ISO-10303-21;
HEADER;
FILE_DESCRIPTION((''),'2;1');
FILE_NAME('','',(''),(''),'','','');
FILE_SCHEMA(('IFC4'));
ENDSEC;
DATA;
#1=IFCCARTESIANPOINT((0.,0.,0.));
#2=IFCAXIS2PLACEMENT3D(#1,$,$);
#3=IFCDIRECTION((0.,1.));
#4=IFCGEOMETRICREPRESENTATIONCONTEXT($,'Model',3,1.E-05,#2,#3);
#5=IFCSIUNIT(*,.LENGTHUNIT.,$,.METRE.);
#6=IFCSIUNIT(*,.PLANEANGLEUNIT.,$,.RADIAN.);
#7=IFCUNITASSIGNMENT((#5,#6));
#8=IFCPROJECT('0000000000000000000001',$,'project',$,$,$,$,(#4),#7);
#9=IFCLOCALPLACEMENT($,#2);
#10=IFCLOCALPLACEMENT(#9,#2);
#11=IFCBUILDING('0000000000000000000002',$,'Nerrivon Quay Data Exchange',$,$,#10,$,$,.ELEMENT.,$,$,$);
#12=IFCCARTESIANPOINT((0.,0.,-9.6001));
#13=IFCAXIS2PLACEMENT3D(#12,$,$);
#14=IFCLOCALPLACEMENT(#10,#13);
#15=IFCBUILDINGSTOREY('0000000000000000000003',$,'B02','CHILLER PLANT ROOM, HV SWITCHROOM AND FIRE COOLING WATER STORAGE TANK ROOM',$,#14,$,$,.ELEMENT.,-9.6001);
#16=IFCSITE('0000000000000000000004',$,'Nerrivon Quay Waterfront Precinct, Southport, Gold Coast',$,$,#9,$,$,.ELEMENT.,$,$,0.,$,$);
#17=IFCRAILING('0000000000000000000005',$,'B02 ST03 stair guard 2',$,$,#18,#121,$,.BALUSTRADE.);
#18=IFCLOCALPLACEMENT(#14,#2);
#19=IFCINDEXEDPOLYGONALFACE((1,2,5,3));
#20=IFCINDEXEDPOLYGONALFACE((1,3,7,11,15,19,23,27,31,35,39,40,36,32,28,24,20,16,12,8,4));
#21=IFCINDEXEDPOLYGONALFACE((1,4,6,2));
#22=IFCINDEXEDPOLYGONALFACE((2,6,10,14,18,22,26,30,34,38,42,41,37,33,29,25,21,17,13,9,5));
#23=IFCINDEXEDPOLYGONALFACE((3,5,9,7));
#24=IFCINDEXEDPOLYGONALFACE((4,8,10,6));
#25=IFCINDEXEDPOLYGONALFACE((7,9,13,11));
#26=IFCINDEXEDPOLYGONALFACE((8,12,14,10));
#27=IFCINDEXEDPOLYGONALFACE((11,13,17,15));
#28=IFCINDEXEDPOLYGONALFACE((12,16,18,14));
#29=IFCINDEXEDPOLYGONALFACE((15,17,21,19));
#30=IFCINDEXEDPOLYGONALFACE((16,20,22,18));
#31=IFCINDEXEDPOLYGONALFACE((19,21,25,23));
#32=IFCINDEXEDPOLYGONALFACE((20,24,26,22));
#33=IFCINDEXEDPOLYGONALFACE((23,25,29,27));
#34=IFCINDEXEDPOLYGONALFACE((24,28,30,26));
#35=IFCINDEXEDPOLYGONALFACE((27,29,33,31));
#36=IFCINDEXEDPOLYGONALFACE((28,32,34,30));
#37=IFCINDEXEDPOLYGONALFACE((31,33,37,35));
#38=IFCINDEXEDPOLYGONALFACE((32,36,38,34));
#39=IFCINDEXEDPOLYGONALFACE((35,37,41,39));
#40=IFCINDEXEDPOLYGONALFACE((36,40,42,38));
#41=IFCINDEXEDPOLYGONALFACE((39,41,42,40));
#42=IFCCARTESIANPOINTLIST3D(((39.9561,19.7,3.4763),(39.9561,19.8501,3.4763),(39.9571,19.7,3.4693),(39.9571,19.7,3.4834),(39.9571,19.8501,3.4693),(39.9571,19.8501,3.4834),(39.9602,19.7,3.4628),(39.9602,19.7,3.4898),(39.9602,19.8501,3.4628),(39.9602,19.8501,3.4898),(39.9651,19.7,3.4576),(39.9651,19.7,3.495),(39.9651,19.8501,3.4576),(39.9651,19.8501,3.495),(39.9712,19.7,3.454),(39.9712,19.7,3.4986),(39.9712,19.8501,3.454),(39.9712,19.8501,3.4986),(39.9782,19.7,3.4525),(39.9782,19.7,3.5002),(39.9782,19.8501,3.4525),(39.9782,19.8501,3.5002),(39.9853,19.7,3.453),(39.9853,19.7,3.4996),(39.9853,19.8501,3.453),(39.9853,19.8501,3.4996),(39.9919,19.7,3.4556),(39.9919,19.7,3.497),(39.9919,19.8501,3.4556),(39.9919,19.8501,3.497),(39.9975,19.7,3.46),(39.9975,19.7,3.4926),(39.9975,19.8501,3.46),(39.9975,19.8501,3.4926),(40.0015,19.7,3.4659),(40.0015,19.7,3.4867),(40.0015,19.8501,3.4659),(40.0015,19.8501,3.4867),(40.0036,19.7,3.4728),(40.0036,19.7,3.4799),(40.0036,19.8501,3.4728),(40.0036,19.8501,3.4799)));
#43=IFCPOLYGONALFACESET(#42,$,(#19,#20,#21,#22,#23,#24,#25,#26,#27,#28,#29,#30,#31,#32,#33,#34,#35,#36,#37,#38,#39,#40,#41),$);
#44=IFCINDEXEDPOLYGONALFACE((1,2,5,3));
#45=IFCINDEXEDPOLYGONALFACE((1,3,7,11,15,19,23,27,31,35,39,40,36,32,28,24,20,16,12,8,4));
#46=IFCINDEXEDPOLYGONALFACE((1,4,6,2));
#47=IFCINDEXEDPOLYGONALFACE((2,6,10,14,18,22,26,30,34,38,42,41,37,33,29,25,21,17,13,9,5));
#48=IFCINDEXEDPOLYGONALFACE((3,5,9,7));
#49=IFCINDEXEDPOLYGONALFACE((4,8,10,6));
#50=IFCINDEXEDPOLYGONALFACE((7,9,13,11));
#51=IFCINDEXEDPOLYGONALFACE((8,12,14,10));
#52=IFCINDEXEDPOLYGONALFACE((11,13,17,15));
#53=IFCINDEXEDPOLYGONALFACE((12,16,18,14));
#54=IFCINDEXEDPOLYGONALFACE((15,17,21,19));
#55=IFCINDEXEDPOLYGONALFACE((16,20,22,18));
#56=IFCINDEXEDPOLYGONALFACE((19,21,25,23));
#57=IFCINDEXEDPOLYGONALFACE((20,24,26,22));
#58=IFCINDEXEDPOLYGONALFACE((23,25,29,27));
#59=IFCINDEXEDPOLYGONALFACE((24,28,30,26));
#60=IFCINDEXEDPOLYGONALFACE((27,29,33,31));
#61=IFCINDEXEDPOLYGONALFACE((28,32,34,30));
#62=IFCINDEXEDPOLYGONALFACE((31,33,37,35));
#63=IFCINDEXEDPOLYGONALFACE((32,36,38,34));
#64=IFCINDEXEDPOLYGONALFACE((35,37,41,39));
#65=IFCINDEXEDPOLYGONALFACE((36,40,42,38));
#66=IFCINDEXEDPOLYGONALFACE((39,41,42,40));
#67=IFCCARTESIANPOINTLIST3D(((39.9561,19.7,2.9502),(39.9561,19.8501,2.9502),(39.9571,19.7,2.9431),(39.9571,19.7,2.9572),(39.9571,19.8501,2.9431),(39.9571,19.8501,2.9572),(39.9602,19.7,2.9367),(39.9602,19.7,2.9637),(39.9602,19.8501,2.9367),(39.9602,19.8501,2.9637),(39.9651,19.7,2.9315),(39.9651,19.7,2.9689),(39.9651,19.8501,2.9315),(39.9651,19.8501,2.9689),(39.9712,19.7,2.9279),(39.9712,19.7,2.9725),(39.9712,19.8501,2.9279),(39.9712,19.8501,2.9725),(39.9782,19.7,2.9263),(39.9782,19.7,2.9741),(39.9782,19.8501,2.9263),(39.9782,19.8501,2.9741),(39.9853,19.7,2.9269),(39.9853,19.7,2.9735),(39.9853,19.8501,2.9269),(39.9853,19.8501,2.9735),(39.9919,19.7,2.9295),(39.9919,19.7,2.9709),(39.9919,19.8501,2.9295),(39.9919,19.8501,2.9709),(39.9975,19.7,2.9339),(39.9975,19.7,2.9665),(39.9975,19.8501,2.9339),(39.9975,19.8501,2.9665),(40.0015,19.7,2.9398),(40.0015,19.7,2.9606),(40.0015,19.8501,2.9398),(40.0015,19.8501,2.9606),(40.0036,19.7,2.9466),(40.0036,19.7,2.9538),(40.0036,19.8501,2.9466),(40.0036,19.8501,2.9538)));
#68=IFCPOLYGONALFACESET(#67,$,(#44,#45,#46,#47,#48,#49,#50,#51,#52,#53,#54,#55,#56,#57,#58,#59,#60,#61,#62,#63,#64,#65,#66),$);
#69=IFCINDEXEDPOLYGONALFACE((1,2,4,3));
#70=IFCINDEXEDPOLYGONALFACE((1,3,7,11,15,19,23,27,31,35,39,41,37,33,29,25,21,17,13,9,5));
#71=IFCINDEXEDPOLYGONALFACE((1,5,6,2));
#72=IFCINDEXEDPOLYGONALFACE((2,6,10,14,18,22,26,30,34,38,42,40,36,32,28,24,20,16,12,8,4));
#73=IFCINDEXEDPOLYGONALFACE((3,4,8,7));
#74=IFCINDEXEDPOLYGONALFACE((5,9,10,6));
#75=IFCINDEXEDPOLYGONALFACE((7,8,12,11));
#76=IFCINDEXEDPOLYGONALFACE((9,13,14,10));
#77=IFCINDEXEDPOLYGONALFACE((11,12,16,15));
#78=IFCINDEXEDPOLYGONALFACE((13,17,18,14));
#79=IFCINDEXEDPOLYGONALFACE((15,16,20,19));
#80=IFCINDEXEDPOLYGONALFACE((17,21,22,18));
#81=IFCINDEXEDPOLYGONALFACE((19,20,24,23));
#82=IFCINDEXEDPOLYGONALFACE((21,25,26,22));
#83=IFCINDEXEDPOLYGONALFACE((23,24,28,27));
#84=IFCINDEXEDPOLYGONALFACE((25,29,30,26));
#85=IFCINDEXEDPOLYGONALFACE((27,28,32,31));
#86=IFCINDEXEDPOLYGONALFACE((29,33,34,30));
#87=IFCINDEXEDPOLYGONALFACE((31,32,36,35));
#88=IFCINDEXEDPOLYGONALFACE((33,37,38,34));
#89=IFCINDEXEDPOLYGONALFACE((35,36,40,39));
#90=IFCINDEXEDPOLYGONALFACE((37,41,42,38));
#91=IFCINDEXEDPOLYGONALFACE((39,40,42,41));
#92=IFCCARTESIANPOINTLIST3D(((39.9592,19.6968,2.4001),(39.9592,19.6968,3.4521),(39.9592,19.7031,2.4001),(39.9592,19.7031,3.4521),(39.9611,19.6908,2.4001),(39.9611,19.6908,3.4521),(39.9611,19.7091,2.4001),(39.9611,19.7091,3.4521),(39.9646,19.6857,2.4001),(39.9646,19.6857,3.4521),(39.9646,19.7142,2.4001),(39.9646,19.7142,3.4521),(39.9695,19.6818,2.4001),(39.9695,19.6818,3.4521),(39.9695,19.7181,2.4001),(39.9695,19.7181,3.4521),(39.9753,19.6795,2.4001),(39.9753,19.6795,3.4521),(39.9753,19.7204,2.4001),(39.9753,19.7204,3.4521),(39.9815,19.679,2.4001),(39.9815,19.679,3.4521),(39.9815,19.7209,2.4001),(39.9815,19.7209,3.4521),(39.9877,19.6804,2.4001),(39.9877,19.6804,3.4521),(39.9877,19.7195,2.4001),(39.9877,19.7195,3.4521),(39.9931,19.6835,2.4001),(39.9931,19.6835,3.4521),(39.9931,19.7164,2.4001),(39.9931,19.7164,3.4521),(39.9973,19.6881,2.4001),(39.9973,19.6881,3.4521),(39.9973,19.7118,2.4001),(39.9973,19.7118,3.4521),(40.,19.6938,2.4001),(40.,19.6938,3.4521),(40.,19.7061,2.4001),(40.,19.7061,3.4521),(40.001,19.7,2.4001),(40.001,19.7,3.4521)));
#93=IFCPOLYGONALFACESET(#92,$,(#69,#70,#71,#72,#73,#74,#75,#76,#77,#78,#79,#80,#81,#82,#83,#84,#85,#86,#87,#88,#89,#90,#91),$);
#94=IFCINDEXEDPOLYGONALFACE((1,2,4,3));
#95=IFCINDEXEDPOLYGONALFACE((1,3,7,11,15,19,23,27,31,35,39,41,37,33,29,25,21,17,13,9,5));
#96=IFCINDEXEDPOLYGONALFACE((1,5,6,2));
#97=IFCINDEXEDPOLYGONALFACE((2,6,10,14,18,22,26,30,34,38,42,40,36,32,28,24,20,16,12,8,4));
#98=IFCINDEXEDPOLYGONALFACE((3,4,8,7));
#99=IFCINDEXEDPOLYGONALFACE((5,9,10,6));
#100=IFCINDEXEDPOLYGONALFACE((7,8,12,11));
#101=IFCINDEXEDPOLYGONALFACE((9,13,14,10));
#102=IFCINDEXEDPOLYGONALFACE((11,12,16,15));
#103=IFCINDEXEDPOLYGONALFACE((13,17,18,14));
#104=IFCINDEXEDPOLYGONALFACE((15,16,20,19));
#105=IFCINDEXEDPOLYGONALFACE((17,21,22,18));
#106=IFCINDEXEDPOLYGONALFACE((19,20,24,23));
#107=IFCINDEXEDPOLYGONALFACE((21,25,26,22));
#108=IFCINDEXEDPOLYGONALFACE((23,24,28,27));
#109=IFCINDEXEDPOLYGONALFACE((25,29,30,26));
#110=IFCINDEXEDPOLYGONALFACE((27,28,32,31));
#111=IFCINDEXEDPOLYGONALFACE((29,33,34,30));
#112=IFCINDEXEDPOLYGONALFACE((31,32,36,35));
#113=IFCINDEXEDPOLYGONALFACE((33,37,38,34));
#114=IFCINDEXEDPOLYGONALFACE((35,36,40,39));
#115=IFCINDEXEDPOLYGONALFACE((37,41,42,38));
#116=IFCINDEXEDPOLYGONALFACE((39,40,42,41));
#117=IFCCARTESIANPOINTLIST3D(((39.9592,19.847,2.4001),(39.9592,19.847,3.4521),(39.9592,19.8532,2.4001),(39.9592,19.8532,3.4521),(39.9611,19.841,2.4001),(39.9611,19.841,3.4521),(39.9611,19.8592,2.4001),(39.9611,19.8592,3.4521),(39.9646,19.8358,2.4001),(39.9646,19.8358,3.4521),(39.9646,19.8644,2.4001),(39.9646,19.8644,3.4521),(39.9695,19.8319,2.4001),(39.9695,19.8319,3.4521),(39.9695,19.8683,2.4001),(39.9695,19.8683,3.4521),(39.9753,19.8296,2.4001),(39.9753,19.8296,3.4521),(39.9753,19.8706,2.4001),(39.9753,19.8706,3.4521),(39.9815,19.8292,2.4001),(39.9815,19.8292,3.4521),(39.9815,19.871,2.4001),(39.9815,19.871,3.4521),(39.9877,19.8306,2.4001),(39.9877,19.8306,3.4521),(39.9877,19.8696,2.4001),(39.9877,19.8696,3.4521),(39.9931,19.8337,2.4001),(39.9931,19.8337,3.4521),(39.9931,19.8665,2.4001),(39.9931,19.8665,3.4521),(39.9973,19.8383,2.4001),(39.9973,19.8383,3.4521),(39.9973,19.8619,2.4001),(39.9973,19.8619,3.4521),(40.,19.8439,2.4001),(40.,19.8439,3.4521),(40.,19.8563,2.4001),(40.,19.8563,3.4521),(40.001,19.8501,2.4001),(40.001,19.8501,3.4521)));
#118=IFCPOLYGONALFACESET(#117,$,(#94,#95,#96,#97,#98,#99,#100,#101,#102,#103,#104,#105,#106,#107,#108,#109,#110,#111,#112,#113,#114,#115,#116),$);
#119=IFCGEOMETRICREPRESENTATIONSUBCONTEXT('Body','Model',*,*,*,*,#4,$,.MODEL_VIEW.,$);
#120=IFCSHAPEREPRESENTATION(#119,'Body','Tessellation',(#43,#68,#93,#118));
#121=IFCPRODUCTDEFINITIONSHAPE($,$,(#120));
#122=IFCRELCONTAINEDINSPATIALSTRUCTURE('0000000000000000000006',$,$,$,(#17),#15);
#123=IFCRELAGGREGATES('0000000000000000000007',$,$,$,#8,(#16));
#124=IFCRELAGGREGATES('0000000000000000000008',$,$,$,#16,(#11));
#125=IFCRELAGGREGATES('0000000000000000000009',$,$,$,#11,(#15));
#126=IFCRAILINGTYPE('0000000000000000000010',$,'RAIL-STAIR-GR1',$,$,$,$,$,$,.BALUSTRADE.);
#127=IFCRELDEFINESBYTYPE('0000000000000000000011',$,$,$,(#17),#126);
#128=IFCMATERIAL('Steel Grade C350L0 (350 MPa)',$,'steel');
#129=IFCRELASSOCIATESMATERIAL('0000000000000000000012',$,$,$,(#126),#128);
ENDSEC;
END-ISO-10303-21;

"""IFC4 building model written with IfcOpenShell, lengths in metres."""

from ifc_helpers import new_model, si_unit, direction, frame, origin, origin_2d, place, context, subcontext, project, spatial, circle, extrude, material, type_object, element, save


model = new_model("IFC4")

# Units and contexts
model_context = context("Model", 3, precision=1e-05, world=origin(), true_north=direction((0.0, 1.0)))
body_context = subcontext(model_context, "Body", "Model", "MODEL_VIEW")
ifc_project = project(units=[si_unit("LENGTHUNIT", "METRE"), si_unit("PLANEANGLEUNIT", "RADIAN")], contexts=[model_context])

# Site, building, storey
site_placement = place(None, origin())
site = spatial("IfcSite", under=ifc_project, at=site_placement, Name="Nerrivon Quay Waterfront Precinct, Southport, Gold Coast", CompositionType="ELEMENT", RefElevation=0.0)
building_placement = place(site_placement, origin())
building = spatial("IfcBuilding", under=site, at=building_placement, Name="Nerrivon Quay Data Exchange", CompositionType="ELEMENT")
storey_placement = place(building_placement, frame((0.0, 0.0, -9.6001)))
storey = spatial("IfcBuildingStorey", under=building, at=storey_placement, Name="B02", Description="CHILLER PLANT ROOM, HV SWITCHROOM AND FIRE COOLING WATER STORAGE TANK ROOM", CompositionType="ELEMENT", Elevation=-9.6001)

# Railing
ifc_material_1 = material(Name="Steel Grade C350L0 (350 MPa)", Category="steel")
railing_type_1 = type_object("IfcRailingType", Name="RAIL-STAIR-GR1", PredefinedType="BALUSTRADE", material=ifc_material_1)
railing_1_placement = place(storey_placement, frame((39.98, 19.7, 2.4001)))
element("IfcRailing", 1, at=railing_1_placement, inside=storey, type_object=railing_type_1, Name="B02 ST03 stair guard 2", PredefinedType="BALUSTRADE", context=body_context, shape_type="SweptSolid", body=[
    extrude(circle(Radius=0.0239, at=origin_2d()), frame((0.0, 0.0, 1.0762), z_axis=(0.0, 1.0, 0.0), x_axis=(-1.0, 0.0, 0.0)), (0.0, 0.0, 1.0), 0.1501),
    extrude(circle(Radius=0.0239, at=origin_2d()), frame((0.0, 0.0, 0.55), z_axis=(0.0, 1.0, 0.0), x_axis=(-1.0, 0.0, 0.0)), (0.0, 0.0, 1.0), 0.1501),
    extrude(circle(Radius=0.021, at=origin_2d()), origin(), (0.0, 0.0, 1.0), 1.052),
    extrude(circle(Radius=0.021, at=origin_2d()), frame((0.0, 0.1501, 0.0)), (0.0, 0.0, 1.0), 1.052),
])

save(model, "model.ifc")
